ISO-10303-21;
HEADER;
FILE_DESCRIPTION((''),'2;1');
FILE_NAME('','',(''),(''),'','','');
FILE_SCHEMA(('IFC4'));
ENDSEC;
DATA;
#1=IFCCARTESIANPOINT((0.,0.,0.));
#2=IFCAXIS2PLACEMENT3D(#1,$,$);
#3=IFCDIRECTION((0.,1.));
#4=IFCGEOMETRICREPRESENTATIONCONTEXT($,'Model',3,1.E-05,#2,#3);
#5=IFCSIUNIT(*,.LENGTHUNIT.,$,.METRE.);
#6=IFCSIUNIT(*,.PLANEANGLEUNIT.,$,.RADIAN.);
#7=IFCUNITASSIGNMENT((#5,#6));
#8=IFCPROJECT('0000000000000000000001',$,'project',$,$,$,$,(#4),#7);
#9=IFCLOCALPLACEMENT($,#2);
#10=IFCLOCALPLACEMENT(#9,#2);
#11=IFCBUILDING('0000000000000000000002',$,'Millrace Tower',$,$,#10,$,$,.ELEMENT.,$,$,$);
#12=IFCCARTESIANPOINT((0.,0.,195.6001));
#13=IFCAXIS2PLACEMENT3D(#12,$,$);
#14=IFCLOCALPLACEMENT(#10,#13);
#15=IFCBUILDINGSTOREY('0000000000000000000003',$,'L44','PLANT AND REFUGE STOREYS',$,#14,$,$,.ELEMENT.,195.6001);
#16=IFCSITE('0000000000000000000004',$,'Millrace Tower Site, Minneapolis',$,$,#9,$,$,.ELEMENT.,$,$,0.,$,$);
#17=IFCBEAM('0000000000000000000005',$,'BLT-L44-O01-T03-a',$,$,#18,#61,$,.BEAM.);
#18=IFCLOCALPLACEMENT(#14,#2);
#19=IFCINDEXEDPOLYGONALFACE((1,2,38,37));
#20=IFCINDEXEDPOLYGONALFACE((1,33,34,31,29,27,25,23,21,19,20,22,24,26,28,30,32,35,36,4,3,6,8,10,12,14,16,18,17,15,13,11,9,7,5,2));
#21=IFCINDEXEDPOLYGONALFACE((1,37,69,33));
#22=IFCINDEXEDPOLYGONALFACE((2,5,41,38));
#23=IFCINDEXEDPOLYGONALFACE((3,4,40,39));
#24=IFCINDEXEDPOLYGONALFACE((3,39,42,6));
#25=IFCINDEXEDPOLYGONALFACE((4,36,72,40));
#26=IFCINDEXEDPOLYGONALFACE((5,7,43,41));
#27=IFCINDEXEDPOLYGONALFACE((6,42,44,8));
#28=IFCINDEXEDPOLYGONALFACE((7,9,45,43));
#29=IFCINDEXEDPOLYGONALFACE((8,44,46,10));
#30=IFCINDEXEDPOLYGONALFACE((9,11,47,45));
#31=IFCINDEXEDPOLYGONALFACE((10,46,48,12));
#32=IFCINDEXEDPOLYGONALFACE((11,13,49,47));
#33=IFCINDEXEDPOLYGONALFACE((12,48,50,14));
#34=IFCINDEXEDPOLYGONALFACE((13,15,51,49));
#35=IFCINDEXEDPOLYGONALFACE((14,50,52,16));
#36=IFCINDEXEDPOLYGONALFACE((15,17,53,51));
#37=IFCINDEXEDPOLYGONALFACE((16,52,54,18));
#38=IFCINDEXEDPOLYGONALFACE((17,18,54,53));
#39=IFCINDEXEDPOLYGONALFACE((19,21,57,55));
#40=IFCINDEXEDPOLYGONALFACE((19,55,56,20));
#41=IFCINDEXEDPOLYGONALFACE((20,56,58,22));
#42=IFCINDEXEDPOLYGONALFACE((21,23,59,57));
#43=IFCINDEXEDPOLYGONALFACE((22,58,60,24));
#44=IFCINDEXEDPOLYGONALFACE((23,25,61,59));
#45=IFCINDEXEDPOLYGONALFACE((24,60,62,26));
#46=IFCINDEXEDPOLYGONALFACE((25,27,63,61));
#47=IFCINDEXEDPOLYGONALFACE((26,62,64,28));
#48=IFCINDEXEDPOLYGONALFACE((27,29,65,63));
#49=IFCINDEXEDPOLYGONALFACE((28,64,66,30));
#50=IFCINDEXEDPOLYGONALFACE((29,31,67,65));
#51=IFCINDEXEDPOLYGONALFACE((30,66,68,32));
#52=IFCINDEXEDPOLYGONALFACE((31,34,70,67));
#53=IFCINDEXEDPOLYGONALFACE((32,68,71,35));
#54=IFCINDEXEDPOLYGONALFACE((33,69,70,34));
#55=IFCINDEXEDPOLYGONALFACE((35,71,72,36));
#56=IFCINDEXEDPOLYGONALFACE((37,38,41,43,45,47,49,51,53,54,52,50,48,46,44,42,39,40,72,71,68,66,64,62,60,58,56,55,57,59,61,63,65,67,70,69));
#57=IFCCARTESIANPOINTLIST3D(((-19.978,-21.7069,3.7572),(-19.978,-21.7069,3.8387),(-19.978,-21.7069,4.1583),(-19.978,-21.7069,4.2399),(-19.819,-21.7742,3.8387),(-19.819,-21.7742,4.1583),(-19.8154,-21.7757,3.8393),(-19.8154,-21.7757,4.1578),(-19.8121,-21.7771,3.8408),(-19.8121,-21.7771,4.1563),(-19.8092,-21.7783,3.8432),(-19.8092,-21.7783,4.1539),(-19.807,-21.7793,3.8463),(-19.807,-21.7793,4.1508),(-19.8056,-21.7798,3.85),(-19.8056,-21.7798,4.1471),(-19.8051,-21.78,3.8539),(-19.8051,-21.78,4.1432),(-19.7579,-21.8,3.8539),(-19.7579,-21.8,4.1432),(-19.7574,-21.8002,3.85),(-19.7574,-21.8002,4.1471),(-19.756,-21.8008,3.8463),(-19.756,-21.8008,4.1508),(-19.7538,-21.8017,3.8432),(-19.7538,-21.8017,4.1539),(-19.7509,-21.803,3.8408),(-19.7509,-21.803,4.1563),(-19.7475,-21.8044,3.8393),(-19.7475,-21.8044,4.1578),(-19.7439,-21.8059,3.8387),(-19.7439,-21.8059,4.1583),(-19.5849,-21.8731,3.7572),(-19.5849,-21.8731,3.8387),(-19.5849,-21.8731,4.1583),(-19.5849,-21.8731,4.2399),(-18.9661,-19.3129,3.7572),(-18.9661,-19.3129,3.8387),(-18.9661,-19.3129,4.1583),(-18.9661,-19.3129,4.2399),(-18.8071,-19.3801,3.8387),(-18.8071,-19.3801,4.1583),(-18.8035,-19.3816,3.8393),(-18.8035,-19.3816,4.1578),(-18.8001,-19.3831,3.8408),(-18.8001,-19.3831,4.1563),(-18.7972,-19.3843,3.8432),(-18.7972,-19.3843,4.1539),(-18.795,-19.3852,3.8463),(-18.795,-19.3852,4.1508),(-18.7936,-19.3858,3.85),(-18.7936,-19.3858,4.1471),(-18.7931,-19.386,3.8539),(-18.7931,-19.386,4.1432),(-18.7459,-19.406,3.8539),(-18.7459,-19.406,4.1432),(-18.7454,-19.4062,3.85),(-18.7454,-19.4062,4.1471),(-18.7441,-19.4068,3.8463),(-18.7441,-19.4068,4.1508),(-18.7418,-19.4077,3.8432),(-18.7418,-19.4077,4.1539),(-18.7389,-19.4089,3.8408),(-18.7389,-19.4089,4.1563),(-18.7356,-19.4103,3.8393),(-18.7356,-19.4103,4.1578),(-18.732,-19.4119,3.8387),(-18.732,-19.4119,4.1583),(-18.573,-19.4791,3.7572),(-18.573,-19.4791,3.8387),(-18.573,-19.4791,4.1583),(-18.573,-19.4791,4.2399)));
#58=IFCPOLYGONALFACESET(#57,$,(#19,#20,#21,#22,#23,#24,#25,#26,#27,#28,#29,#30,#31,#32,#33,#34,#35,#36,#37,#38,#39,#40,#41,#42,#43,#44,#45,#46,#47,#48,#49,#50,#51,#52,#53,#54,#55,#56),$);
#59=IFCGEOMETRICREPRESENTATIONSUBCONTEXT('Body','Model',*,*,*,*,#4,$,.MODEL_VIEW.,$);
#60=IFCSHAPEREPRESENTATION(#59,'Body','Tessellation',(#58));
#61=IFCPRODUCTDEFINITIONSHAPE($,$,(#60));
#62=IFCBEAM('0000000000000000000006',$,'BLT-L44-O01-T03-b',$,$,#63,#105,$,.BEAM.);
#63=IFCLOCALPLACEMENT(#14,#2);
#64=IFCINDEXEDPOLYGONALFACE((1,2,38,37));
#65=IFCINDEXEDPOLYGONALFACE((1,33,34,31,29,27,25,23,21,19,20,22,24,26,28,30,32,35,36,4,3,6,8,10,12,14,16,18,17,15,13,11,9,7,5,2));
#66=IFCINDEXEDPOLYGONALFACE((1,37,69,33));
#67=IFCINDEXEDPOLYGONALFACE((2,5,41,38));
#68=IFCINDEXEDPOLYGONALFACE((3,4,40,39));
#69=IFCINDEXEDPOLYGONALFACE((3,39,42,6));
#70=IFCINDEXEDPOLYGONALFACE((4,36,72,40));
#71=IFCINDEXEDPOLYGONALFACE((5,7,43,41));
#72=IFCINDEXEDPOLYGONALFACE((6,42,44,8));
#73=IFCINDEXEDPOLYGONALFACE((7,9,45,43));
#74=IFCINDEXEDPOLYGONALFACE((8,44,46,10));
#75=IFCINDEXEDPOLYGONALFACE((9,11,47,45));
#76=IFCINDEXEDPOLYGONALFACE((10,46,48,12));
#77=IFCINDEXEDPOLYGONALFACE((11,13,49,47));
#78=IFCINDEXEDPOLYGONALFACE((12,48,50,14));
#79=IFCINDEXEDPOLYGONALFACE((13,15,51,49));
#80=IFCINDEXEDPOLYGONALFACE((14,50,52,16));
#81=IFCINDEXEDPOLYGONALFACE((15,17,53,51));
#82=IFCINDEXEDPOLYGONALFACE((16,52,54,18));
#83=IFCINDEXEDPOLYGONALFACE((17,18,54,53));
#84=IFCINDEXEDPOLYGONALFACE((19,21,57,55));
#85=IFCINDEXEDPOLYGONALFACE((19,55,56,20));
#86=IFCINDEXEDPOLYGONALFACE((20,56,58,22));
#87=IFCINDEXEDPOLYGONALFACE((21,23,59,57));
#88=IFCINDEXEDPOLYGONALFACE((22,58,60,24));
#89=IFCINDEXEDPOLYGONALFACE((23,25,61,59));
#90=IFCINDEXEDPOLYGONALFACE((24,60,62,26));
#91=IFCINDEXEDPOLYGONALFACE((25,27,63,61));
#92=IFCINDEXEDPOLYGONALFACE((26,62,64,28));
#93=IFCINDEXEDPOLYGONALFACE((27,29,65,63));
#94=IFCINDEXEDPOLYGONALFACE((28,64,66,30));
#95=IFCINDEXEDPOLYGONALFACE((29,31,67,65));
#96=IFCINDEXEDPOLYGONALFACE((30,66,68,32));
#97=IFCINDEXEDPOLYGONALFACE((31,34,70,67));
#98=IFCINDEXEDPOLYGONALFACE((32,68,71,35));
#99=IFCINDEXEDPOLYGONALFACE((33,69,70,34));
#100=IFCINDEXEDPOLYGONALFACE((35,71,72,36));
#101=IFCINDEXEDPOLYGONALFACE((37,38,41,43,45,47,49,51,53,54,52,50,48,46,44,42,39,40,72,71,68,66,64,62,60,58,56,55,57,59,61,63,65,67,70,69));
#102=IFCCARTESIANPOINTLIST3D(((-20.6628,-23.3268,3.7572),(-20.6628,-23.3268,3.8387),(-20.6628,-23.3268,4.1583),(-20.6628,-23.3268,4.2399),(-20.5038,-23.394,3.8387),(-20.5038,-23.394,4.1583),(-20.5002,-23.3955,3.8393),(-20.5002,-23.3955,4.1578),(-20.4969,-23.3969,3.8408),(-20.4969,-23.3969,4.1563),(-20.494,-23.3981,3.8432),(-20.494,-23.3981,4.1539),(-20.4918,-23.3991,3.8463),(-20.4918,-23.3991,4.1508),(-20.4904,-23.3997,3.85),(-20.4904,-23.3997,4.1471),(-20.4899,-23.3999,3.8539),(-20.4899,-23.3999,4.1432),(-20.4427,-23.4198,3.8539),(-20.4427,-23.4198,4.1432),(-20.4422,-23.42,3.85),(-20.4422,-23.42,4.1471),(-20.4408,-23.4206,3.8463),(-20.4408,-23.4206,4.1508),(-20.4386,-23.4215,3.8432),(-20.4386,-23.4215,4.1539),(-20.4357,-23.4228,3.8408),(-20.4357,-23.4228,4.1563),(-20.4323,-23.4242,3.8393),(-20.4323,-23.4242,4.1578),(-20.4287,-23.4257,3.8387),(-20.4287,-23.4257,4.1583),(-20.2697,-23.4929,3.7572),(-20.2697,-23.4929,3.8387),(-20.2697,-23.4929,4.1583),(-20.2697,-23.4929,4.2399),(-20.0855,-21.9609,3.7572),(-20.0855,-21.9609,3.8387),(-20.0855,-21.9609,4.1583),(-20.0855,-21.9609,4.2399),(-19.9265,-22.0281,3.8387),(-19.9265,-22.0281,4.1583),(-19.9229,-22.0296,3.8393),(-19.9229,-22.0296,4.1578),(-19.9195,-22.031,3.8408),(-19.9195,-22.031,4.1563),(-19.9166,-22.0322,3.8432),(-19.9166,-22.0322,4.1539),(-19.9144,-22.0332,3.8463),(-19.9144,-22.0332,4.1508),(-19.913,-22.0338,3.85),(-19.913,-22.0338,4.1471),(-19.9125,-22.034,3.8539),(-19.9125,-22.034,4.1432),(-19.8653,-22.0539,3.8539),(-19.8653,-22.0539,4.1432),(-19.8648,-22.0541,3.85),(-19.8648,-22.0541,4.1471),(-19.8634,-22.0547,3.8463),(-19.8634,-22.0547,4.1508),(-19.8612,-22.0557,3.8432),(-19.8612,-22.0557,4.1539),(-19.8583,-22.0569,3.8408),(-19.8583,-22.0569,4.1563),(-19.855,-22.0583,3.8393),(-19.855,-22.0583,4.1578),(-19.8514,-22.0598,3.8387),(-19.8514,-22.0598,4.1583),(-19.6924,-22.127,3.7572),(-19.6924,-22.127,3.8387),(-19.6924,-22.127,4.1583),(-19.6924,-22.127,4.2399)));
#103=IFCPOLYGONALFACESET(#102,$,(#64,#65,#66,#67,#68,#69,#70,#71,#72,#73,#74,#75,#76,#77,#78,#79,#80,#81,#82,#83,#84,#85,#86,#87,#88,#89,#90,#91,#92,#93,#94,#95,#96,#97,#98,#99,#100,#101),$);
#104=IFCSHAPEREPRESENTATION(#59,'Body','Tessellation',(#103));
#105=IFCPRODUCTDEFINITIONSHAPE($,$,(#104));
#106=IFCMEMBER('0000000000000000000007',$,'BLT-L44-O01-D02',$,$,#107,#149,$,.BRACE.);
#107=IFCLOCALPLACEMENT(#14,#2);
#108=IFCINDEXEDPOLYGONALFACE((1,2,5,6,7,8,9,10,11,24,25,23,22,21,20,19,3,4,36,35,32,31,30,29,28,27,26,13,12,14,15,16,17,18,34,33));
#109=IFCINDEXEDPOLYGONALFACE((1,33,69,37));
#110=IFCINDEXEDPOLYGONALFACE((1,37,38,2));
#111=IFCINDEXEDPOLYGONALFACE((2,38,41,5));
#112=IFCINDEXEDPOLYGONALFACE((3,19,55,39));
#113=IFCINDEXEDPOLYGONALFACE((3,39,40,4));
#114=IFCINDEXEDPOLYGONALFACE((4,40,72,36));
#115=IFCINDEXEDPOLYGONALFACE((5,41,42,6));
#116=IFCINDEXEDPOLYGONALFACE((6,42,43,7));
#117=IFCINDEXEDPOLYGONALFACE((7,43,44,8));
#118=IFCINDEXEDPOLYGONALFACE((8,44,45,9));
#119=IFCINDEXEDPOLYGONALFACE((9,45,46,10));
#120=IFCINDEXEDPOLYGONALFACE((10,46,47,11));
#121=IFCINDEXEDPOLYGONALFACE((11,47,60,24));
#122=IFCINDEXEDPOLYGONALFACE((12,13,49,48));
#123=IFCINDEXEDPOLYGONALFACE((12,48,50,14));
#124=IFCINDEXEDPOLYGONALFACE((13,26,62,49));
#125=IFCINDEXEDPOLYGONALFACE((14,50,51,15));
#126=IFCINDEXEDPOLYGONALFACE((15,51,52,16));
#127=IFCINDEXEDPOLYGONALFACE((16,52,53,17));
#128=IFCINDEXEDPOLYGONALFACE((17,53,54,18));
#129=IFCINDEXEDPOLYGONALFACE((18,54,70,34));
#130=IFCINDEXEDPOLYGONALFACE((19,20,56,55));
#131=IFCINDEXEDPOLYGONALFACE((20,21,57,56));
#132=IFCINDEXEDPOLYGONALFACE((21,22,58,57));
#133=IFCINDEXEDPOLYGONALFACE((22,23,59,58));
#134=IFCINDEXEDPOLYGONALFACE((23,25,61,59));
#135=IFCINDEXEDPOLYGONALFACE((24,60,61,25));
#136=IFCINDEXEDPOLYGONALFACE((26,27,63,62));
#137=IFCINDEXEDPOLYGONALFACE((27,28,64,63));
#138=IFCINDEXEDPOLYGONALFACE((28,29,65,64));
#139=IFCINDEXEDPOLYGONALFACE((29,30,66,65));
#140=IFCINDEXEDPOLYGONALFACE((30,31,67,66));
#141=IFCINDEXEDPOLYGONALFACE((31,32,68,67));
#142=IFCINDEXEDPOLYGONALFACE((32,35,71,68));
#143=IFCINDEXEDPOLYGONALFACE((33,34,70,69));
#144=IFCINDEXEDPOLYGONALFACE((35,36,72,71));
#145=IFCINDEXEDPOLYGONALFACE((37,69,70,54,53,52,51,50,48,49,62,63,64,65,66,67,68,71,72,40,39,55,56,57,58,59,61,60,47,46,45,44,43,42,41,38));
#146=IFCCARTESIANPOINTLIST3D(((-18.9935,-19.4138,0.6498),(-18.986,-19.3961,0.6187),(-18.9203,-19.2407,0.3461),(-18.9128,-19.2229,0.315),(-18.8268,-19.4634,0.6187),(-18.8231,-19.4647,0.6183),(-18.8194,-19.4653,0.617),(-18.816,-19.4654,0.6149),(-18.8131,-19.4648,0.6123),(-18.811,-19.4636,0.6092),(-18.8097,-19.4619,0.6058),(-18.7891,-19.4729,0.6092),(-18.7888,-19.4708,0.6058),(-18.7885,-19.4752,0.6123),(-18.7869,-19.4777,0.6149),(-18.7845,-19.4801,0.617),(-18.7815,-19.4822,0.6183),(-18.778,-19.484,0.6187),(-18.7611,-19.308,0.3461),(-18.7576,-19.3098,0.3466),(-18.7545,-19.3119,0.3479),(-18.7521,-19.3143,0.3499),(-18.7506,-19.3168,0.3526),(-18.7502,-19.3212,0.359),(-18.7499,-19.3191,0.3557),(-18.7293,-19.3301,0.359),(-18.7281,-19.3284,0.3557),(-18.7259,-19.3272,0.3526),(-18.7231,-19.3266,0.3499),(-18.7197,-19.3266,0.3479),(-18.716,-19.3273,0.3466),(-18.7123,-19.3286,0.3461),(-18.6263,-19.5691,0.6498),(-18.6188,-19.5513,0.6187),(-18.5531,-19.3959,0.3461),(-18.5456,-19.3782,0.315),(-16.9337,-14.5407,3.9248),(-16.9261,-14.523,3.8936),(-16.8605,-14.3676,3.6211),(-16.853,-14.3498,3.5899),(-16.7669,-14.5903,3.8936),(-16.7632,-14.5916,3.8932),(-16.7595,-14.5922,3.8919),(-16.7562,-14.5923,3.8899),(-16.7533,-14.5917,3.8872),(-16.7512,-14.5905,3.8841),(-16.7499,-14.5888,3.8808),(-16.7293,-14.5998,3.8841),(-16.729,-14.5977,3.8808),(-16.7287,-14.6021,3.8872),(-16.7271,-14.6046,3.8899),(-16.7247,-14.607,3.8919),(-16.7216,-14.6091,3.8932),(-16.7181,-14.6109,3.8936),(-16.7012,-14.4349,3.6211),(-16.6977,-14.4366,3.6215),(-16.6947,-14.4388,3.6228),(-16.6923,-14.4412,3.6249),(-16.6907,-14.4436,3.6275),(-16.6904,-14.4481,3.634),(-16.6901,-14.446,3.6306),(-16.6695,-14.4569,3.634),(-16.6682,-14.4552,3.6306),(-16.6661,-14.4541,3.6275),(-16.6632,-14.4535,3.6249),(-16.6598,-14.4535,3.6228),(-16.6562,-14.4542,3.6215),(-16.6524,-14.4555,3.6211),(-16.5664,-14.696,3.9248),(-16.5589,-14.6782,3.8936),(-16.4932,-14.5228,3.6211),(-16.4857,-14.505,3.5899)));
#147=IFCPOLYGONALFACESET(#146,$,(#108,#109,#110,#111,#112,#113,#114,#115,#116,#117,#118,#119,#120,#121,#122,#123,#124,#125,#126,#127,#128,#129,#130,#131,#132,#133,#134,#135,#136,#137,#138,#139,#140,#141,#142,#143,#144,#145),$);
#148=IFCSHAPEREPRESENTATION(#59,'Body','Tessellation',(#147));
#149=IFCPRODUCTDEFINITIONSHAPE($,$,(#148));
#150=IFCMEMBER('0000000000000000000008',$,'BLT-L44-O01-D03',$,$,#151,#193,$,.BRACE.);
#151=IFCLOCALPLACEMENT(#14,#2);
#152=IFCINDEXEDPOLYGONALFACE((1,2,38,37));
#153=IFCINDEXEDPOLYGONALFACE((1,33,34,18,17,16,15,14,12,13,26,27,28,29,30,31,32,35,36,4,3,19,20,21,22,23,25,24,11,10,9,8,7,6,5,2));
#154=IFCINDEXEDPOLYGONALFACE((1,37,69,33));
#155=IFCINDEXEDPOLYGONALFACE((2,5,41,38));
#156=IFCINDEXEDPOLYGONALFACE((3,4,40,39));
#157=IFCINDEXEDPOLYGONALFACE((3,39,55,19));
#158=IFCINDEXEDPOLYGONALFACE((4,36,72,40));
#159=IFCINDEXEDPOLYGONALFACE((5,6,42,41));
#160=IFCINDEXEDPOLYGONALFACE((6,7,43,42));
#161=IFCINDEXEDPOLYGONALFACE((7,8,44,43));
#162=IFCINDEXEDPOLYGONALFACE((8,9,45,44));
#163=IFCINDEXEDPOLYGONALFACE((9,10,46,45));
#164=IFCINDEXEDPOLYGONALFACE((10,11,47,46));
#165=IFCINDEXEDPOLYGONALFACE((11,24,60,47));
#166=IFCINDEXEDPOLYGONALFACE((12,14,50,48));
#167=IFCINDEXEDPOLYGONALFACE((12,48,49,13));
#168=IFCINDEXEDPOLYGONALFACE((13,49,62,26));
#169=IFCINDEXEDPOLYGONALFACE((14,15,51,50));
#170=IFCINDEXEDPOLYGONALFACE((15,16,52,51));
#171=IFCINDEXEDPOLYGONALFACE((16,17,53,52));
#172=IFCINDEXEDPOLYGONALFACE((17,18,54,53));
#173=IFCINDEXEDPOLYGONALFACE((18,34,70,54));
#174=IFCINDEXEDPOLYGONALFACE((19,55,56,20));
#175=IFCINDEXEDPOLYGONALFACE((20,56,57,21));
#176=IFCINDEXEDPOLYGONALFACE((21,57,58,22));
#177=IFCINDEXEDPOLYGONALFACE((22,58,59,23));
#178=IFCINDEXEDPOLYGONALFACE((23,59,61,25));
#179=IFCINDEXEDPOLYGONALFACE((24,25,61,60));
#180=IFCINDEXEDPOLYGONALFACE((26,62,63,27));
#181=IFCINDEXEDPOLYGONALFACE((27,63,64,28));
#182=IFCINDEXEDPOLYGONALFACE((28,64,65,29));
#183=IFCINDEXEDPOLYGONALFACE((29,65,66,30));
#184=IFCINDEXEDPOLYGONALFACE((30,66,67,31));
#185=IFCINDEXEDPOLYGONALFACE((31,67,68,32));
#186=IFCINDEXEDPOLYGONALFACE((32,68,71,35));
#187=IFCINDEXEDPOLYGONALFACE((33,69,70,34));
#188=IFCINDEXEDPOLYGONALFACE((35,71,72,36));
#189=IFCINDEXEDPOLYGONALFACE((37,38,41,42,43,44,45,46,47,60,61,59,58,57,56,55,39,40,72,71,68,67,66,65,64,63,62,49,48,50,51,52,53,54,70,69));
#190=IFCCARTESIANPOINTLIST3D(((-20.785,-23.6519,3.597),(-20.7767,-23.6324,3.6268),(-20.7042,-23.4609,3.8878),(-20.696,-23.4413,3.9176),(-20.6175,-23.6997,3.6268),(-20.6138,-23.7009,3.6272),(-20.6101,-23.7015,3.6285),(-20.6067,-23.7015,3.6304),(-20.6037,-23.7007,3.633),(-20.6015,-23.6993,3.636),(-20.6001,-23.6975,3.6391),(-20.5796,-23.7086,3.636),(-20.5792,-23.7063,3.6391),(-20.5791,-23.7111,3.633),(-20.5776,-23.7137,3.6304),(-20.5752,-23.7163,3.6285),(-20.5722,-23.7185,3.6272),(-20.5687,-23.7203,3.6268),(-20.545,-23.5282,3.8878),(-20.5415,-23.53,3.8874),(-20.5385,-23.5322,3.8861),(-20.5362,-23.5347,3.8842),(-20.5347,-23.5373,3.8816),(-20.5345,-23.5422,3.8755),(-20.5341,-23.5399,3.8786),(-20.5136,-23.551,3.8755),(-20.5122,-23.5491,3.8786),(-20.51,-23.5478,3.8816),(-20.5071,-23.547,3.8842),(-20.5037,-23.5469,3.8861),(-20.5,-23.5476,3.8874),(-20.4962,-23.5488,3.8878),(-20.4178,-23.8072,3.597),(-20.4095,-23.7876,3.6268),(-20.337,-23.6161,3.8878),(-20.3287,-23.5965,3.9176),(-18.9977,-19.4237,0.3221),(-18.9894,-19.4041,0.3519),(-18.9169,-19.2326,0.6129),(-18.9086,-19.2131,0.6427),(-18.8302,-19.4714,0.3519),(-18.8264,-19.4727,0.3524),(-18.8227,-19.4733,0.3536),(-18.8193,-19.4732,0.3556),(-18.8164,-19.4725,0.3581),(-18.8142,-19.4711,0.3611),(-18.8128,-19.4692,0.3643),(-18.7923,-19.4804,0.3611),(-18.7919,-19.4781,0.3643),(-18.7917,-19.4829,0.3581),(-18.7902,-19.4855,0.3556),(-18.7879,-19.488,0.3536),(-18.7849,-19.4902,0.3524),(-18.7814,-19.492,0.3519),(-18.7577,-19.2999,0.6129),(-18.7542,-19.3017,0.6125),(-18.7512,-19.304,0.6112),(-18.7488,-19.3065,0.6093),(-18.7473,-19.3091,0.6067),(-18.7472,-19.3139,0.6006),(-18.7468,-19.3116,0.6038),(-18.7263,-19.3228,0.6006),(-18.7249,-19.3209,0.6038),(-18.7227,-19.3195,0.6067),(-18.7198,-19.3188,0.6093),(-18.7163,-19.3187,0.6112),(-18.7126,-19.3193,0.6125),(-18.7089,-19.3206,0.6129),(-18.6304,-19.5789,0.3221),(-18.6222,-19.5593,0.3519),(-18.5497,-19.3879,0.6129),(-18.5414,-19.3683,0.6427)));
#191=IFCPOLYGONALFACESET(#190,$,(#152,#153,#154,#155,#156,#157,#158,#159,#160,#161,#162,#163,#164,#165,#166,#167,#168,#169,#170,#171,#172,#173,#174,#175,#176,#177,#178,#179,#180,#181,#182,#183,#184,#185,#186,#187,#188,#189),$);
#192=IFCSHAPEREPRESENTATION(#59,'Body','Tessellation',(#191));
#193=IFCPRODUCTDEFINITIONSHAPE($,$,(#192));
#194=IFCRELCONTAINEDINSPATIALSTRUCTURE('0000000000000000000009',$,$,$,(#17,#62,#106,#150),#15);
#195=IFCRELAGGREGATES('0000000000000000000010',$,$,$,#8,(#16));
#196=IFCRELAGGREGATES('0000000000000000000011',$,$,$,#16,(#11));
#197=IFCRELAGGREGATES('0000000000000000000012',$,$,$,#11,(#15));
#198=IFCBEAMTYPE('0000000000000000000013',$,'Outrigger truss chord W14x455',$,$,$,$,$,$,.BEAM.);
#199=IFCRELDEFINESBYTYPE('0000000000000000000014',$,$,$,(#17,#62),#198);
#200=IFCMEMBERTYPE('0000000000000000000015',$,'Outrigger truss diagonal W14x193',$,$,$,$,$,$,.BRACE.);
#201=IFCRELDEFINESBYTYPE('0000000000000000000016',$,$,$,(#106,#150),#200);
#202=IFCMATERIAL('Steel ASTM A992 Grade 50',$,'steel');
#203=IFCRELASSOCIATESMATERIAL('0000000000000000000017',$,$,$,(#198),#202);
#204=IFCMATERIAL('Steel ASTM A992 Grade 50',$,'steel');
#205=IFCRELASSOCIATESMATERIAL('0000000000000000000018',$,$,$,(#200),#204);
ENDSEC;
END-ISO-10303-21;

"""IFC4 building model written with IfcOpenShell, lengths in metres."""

from ifc_helpers import new_model, si_unit, direction, frame, origin, origin_2d, place, context, subcontext, project, spatial, i_section, extrude, material, material_profile, profile_set, type_object, element, save


model = new_model("IFC4")

# Units and contexts
model_context = context("Model", 3, precision=1e-05, world=origin(), true_north=direction((0.0, 1.0)))
body_context = subcontext(model_context, "Body", "Model", "MODEL_VIEW")
ifc_project = project(units=[si_unit("LENGTHUNIT", "METRE"), si_unit("PLANEANGLEUNIT", "RADIAN")], contexts=[model_context])

# Site, building, storey
site_placement = place(None, origin())
site = spatial("IfcSite", under=ifc_project, at=site_placement, Name="Millrace Tower Site, Minneapolis", CompositionType="ELEMENT", RefElevation=0.0)
building_placement = place(site_placement, origin())
building = spatial("IfcBuilding", under=site, at=building_placement, Name="Millrace Tower", CompositionType="ELEMENT")
storey_placement = place(building_placement, frame((0.0, 0.0, 195.6001)))
storey = spatial("IfcBuildingStorey", under=building, at=storey_placement, Name="L44", Description="PLANT AND REFUGE STOREYS", CompositionType="ELEMENT", Elevation=195.6001)

# Beams
ifc_material_1 = material(Name="Steel ASTM A992 Grade 50", Category="steel")
ifc_material_profile_1 = material_profile(ifc_material_1, i_section(OverallWidth=0.4268, OverallDepth=0.4827, WebThickness=0.0513, FlangeThickness=0.0815, FilletRadius=0.0151, at=origin_2d()))
ifc_profile_set_1 = profile_set([ifc_material_profile_1], Name="Steel ASTM A992 Grade 50")
beam_type_1 = type_object("IfcBeamType", Name="Outrigger truss chord W14x455", PredefinedType="BEAM", material=ifc_profile_set_1)
beam_1_placement = place(storey_placement, frame((-18.7695, -19.396, 3.9985), z_axis=(-0.389346, -0.921092, 0.0), x_axis=(0.921092, -0.389346, 0.0)))
element("IfcBeam", 1, at=beam_1_placement, inside=storey, type_object=beam_type_1, Name="BLT-L44-O01-T03-a", PredefinedType="BEAM", context=body_context, shape_type="SweptSolid", body=[
    extrude(i_section(OverallWidth=0.4268, OverallDepth=0.4827, WebThickness=0.0513, FlangeThickness=0.0815, FilletRadius=0.0151, at=origin_2d()), origin(), (0.0, 0.0, 1.0), 2.5991),
])
beam_2_placement = place(storey_placement, frame((-19.8889, -22.0439, 3.9985), z_axis=(-0.389345, -0.921092, 0.0), x_axis=(0.921092, -0.389345, 0.0)))
element("IfcBeam", 2, at=beam_2_placement, inside=storey, type_object=beam_type_1, Name="BLT-L44-O01-T03-b", PredefinedType="BEAM", context=body_context, shape_type="SweptSolid", body=[
    extrude(i_section(OverallWidth=0.4268, OverallDepth=0.4827, WebThickness=0.0513, FlangeThickness=0.0815, FilletRadius=0.0151, at=origin_2d()), origin(), (0.0, 0.0, 1.0), 1.4829),
])

# Members
ifc_material_2 = material(Name="Steel ASTM A992 Grade 50", Category="steel")
ifc_material_profile_2 = material_profile(ifc_material_2, i_section(OverallWidth=0.3987, OverallDepth=0.3938, WebThickness=0.0227, FlangeThickness=0.0366, FilletRadius=0.0151, at=origin_2d()))
ifc_profile_set_2 = profile_set([ifc_material_profile_2], Name="Steel ASTM A992 Grade 50")
member_type_1 = type_object("IfcMemberType", Name="Outrigger truss diagonal W14x193", PredefinedType="BRACE", material=ifc_profile_set_2)
member_1_placement = place(storey_placement, frame((-18.7695, -19.396, 0.4824), z_axis=(0.331049, 0.783185, 0.526335), x_axis=(-0.921093, 0.389342, 0.0)))
element("IfcMember", 3, at=member_1_placement, inside=storey, type_object=member_type_1, Name="BLT-L44-O01-D02", PredefinedType="BRACE", context=body_context, shape_type="SweptSolid", body=[
    extrude(i_section(OverallWidth=0.3987, OverallDepth=0.3938, WebThickness=0.0227, FlangeThickness=0.0366, FilletRadius=0.0151, at=origin_2d()), origin(), (0.0, 0.0, 1.0), 6.2222),
])
member_2_placement = place(storey_placement, frame((-18.7695, -19.396, 0.4824), z_axis=(-0.316965, -0.749831, 0.580763), x_axis=(0.921087, -0.389357, 0.0)))
element("IfcMember", 4, at=member_2_placement, inside=storey, type_object=member_type_1, Name="BLT-L44-O01-D03", PredefinedType="BRACE", context=body_context, shape_type="SweptSolid", body=[
    extrude(i_section(OverallWidth=0.3987, OverallDepth=0.3938, WebThickness=0.0227, FlangeThickness=0.0366, FilletRadius=0.0151, at=origin_2d()), origin(), (0.0, 0.0, 1.0), 5.6389),
])

save(model, "model.ifc")
